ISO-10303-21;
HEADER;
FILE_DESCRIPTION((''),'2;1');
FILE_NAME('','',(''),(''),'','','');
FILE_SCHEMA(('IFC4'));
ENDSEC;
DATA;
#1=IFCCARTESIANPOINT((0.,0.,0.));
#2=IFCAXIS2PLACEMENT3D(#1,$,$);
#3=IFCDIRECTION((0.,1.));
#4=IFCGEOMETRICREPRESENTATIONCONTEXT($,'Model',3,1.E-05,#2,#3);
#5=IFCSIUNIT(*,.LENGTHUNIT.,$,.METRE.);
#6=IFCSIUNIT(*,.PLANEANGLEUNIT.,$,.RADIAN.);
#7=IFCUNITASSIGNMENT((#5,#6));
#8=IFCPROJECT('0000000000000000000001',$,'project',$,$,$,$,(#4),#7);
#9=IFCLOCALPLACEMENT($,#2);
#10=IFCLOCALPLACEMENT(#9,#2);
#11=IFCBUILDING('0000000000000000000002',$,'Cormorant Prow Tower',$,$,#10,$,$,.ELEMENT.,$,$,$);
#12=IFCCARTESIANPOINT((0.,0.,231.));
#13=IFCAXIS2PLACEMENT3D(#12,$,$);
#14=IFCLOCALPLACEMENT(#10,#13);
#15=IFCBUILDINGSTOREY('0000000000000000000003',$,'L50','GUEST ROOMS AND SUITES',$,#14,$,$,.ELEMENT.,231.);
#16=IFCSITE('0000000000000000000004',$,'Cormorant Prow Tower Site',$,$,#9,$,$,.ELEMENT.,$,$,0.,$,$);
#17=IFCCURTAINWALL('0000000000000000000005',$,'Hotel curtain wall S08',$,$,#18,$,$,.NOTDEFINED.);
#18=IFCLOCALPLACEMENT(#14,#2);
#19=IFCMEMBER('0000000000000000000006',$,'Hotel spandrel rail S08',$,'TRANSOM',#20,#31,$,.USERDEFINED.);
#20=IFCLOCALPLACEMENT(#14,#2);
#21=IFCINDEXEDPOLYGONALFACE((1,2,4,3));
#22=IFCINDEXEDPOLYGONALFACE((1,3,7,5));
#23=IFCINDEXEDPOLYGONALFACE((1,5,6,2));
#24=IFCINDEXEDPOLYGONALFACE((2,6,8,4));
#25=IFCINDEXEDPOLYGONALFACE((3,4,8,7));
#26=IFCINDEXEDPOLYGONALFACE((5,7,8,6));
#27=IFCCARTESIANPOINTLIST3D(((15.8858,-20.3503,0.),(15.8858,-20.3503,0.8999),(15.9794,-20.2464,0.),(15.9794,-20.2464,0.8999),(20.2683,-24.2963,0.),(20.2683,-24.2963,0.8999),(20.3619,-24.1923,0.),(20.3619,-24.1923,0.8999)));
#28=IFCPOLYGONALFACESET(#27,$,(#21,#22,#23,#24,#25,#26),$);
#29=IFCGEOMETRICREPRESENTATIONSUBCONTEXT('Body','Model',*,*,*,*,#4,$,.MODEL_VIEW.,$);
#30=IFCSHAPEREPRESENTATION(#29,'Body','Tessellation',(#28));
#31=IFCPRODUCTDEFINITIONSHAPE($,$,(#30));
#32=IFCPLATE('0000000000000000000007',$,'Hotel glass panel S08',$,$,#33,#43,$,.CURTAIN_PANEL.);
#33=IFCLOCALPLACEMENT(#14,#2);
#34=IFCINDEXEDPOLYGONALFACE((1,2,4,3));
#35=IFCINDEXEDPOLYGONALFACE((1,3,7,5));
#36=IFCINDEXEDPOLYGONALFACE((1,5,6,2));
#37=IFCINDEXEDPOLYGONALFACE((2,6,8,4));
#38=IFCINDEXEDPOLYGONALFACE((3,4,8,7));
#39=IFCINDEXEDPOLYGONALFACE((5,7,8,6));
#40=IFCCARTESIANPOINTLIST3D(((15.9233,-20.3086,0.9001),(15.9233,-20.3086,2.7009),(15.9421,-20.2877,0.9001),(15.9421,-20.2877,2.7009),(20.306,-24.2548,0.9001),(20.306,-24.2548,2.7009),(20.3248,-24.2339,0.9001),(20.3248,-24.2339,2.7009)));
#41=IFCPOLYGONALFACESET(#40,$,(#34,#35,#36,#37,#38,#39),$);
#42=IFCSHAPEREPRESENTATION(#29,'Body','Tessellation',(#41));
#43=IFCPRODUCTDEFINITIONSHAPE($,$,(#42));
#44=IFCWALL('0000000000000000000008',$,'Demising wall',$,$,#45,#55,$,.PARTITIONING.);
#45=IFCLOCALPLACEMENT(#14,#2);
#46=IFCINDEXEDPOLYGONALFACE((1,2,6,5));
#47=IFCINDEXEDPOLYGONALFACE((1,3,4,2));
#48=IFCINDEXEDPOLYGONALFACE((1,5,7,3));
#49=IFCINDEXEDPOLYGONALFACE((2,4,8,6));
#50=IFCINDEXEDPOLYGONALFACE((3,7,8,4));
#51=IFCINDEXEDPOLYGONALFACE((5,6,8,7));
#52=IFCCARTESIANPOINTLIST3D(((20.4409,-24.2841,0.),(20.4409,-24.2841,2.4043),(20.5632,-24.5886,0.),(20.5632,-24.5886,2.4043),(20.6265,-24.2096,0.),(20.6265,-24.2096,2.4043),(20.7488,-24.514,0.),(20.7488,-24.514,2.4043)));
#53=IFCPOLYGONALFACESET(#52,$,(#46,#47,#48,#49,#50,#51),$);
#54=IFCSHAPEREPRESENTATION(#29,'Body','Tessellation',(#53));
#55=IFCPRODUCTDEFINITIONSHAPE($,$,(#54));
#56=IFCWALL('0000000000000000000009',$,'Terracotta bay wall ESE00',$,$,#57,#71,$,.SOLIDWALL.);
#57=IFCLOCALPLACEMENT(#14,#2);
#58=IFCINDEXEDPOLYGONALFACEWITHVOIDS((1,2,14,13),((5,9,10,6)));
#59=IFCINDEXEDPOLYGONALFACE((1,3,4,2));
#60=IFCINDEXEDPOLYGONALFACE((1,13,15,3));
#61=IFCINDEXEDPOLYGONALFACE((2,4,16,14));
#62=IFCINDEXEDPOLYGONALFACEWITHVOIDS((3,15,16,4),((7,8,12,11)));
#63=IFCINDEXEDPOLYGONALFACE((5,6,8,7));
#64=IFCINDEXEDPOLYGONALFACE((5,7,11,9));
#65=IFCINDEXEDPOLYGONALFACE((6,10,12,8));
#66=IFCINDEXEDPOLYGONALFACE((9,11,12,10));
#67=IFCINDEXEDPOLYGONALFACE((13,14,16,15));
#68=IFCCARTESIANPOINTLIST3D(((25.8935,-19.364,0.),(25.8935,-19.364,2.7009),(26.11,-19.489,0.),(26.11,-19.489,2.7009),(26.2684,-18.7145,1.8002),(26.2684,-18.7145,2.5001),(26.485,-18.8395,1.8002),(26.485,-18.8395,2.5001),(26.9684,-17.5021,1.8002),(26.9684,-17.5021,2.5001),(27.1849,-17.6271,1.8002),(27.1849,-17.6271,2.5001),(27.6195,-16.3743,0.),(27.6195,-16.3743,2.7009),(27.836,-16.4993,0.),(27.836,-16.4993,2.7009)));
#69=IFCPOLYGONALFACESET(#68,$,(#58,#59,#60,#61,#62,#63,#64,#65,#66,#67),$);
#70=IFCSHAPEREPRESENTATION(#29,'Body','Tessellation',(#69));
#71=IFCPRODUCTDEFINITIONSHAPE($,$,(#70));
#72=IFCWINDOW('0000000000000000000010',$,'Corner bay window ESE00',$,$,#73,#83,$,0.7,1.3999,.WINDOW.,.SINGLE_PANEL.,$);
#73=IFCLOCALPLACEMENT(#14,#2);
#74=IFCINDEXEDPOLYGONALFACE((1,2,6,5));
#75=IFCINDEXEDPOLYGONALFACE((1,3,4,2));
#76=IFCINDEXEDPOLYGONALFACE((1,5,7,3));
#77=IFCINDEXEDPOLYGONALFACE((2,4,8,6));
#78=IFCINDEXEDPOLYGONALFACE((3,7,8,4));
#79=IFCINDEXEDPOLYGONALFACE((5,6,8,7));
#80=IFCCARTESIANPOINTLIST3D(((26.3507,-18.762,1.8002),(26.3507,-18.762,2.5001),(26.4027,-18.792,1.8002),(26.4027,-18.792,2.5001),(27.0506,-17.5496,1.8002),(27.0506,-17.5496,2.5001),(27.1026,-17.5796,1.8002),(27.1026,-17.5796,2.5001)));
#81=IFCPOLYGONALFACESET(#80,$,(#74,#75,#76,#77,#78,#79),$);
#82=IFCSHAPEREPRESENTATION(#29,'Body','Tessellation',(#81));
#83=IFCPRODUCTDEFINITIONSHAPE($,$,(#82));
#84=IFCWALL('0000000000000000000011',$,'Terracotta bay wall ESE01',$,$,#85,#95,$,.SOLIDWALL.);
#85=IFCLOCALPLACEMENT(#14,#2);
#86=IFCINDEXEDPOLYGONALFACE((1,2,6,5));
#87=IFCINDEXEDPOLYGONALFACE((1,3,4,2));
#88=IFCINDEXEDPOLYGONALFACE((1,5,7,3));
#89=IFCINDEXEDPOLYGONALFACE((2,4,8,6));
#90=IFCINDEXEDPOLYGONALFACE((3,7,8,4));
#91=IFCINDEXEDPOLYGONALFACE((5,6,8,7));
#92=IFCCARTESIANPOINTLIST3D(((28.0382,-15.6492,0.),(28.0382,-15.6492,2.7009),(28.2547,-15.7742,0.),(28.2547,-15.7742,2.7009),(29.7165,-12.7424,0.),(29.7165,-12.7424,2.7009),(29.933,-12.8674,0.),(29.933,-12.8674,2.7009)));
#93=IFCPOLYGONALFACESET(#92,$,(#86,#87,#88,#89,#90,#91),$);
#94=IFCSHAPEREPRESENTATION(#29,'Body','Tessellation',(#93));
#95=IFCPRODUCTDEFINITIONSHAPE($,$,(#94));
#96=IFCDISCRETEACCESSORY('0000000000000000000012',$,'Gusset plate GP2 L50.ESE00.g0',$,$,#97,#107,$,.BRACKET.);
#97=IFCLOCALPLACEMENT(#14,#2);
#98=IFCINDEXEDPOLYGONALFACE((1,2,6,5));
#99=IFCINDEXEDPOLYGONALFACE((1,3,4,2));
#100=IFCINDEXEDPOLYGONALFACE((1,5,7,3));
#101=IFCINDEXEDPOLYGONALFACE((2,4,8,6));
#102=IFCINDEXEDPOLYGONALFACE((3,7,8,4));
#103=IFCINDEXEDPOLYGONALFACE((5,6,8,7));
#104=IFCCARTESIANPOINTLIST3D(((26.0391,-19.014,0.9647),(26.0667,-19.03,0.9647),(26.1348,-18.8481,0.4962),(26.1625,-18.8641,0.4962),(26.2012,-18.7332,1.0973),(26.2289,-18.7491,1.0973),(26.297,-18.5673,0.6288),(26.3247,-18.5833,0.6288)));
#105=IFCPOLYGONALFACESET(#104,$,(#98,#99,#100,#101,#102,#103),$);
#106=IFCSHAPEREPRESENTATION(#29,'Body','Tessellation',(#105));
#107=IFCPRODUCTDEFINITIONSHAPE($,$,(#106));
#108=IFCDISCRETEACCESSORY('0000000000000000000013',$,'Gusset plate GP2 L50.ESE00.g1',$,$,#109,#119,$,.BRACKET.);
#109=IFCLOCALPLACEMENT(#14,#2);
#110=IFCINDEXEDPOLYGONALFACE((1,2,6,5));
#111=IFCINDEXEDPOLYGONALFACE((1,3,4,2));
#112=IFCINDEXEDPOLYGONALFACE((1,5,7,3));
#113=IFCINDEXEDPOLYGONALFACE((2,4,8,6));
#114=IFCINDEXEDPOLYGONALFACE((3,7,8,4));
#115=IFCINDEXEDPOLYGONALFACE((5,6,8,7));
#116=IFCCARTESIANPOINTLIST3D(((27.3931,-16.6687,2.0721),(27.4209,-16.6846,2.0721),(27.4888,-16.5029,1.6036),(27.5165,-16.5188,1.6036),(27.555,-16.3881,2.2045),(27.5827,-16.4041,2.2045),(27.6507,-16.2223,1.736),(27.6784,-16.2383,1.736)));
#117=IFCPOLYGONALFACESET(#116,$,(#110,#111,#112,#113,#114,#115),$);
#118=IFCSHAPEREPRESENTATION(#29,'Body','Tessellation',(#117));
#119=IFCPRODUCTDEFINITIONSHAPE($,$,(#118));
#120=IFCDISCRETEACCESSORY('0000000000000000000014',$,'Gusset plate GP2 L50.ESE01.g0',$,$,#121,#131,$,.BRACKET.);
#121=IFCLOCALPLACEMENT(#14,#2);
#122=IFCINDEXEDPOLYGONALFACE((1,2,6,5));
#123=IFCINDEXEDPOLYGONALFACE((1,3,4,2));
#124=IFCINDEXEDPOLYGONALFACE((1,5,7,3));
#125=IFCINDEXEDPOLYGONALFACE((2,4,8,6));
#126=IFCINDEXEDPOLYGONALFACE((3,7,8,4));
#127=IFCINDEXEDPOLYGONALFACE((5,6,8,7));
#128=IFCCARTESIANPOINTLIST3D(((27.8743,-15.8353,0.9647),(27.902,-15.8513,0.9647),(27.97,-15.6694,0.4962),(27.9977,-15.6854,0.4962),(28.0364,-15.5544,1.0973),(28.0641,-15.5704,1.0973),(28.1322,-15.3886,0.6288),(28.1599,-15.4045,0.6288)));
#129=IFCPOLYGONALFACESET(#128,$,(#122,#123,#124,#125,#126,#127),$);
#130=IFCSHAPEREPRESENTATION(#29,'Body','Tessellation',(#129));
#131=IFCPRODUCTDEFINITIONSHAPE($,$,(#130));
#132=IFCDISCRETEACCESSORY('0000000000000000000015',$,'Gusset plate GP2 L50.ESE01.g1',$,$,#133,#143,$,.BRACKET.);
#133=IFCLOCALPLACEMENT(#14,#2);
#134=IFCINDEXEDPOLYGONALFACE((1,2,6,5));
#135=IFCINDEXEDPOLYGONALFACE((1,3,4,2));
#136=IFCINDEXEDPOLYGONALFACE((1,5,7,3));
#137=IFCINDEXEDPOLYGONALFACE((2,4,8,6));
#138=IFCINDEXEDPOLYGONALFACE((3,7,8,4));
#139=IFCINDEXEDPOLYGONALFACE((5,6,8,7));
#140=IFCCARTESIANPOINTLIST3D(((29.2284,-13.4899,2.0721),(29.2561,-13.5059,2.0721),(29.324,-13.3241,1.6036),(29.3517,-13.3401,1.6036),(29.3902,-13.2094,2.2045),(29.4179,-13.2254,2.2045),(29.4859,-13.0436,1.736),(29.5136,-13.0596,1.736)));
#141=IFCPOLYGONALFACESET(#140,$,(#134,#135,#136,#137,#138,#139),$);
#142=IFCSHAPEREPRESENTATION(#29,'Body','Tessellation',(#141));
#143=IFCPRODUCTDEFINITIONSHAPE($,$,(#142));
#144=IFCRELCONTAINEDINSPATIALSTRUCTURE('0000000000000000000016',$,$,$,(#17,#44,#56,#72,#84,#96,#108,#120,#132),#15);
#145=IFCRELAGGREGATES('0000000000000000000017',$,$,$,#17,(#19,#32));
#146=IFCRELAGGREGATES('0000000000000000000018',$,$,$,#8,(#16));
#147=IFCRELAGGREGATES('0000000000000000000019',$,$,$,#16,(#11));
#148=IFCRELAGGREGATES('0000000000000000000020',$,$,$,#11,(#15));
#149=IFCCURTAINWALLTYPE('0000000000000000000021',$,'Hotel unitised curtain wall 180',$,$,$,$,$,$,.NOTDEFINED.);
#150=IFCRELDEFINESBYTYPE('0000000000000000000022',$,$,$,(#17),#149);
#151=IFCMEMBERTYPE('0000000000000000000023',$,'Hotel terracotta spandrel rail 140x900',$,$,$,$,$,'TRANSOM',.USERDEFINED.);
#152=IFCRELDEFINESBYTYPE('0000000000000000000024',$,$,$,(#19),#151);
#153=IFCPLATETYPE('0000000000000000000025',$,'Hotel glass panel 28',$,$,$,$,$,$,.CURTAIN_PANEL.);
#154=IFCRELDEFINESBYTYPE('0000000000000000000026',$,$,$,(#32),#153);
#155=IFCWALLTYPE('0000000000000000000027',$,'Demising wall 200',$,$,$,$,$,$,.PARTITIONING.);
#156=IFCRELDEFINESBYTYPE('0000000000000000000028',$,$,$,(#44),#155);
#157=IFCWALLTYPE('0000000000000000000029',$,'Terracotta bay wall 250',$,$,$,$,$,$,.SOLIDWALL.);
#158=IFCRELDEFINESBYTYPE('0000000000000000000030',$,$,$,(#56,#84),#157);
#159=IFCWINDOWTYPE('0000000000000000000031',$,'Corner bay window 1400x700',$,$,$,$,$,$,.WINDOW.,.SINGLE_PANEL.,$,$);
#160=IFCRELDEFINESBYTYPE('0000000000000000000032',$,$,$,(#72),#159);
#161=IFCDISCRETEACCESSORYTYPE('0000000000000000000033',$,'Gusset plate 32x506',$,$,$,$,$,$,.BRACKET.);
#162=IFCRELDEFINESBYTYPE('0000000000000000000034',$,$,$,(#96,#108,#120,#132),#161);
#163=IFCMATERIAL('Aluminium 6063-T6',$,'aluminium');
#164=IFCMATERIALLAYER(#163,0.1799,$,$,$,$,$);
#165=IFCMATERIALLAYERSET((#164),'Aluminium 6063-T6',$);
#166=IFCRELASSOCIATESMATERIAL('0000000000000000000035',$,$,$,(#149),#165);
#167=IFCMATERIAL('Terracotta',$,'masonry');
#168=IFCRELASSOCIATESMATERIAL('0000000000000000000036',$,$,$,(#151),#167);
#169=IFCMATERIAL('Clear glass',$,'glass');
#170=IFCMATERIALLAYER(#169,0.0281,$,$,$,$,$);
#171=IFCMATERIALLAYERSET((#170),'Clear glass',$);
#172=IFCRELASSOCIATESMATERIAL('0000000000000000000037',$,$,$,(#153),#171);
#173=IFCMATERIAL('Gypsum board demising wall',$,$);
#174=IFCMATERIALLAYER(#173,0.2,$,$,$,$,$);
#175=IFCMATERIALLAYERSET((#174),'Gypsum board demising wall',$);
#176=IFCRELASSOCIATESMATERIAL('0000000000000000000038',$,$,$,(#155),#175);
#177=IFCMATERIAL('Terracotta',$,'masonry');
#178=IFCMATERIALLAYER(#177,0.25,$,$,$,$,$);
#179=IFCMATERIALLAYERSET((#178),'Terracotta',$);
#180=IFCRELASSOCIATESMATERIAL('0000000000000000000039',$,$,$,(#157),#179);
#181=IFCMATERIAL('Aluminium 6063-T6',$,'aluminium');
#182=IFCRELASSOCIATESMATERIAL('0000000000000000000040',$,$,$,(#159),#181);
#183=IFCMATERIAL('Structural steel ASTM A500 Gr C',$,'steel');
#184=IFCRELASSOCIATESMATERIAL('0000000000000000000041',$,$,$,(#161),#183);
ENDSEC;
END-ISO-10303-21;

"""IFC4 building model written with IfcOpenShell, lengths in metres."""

from ifc_helpers import new_model, si_unit, direction, frame, frame_2d, origin, origin_2d, place, context, subcontext, project, spatial, rectangle, extrude, material, layer, layer_set, material_profile, profile_set, type_object, element, fill, aggregate, save


model = new_model("IFC4")

# Units and contexts
model_context = context("Model", 3, precision=1e-05, world=origin(), true_north=direction((0.0, 1.0)))
body_context = subcontext(model_context, "Body", "Model", "MODEL_VIEW")
ifc_project = project(units=[si_unit("LENGTHUNIT", "METRE"), si_unit("PLANEANGLEUNIT", "RADIAN")], contexts=[model_context])

# Site, building, storey
site_placement = place(None, origin())
site = spatial("IfcSite", under=ifc_project, at=site_placement, Name="Cormorant Prow Tower Site", CompositionType="ELEMENT", RefElevation=0.0)
building_placement = place(site_placement, origin())
building = spatial("IfcBuilding", under=site, at=building_placement, Name="Cormorant Prow Tower", CompositionType="ELEMENT")
storey_placement = place(building_placement, frame((0.0, 0.0, 231.0)))
storey = spatial("IfcBuildingStorey", under=building, at=storey_placement, Name="L50", Description="GUEST ROOMS AND SUITES", CompositionType="ELEMENT", Elevation=231.0)

# Curtain wall, member, plate
ifc_material_1 = material(Name="Aluminium 6063-T6", Category="aluminium")
ifc_layer_1 = layer(ifc_material_1, 0.1799)
ifc_layer_set_1 = layer_set([ifc_layer_1], Name="Aluminium 6063-T6")
curtain_wall_type = type_object("IfcCurtainWallType", Name="Hotel unitised curtain wall 180", PredefinedType="NOTDEFINED", material=ifc_layer_set_1)
curtain_wall_placement = place(storey_placement, origin())
curtain_wall = element("IfcCurtainWall", 1, at=curtain_wall_placement, inside=storey, type_object=curtain_wall_type, Name="Hotel curtain wall S08", PredefinedType="NOTDEFINED")
ifc_material_2 = material(Name="Terracotta", Category="masonry")
ifc_material_profile_1 = material_profile(ifc_material_2, rectangle(XDim=0.1399, YDim=0.8999, at=origin_2d()), Name="Hotel terracotta spandrel rail 140x900")
ifc_profile_set_1 = profile_set([ifc_material_profile_1], Name="Terracotta")
member_type_1 = type_object("IfcMemberType", Name="Hotel terracotta spandrel rail 140x900", ElementType="TRANSOM", PredefinedType="USERDEFINED", material=ifc_profile_set_1)
member_1_placement = place(storey_placement, frame((15.9326, -20.2983, 0.45), z_axis=(0.743148, -0.669127, 0.0), x_axis=(0.669127, 0.743148, 0.0)))
member_1 = element("IfcMember", 2, at=member_1_placement, type_object=member_type_1, Name="Hotel spandrel rail S08", ObjectType="TRANSOM", PredefinedType="USERDEFINED", context=body_context, shape_type="SweptSolid", body=[
    extrude(rectangle(XDim=0.1399, YDim=0.8999, at=origin_2d()), origin(), (0.0, 0.0, 1.0), 5.8972),
])
ifc_material_3 = material(Name="Clear glass", Category="glass")
ifc_layer_2 = layer(ifc_material_3, 0.0281)
ifc_layer_set_2 = layer_set([ifc_layer_2], Name="Clear glass")
plate_type = type_object("IfcPlateType", Name="Hotel glass panel 28", PredefinedType="CURTAIN_PANEL", material=ifc_layer_set_2)
plate_placement = place(storey_placement, frame((18.124, -22.2712, 0.9001), z_axis=(0.0, 0.0, 1.0), x_axis=(0.743145, -0.669131, 0.0)))
plate = element("IfcPlate", 3, at=plate_placement, type_object=plate_type, Name="Hotel glass panel S08", PredefinedType="CURTAIN_PANEL", context=body_context, shape_type="SweptSolid", body=[
    extrude(rectangle(XDim=5.8975, YDim=0.0281, at=origin_2d()), origin(), (0.0, 0.0, 1.0), 1.8008),
])
aggregate(curtain_wall, [member_1, plate])

# Wall
ifc_material_4 = material(Name="Gypsum board demising wall")
ifc_layer_3 = layer(ifc_material_4, 0.2)
ifc_layer_set_3 = layer_set([ifc_layer_3], Name="Gypsum board demising wall")
wall_type_1 = type_object("IfcWallType", Name="Demising wall 200", PredefinedType="PARTITIONING", material=ifc_layer_set_3)
wall_1_placement = place(storey_placement, frame((20.5337, -24.2468, 0.0), z_axis=(0.0, 0.0, 1.0), x_axis=(0.372801, -0.927911, 0.0)))
element("IfcWall", 4, at=wall_1_placement, inside=storey, type_object=wall_type_1, Name="Demising wall", PredefinedType="PARTITIONING", context=body_context, shape_type="SweptSolid", body=[
    extrude(rectangle(XDim=0.3281, YDim=0.2, at=frame_2d((0.1641, 0.0))), origin(), (0.0, 0.0, 1.0), 2.4043),
])

# Wall, opening, window
ifc_material_5 = material(Name="Terracotta", Category="masonry")
ifc_layer_4 = layer(ifc_material_5, 0.25)
ifc_layer_set_4 = layer_set([ifc_layer_4], Name="Terracotta")
wall_type_2 = type_object("IfcWallType", Name="Terracotta bay wall 250", PredefinedType="SOLIDWALL", material=ifc_layer_set_4)
wall_2_placement = place(storey_placement, frame((26.0017, -19.4265, 0.0), z_axis=(0.0, 0.0, 1.0), x_axis=(0.499988, 0.866032, 0.0)))
wall_2 = element("IfcWall", 5, at=wall_2_placement, inside=storey, type_object=wall_type_2, Name="Terracotta bay wall ESE00", PredefinedType="SOLIDWALL", context=body_context, shape_type="SweptSolid", body=[
    extrude(rectangle(XDim=3.4521, YDim=0.25, at=frame_2d((1.7261, 0.0))), origin(), (0.0, 0.0, 1.0), 2.7009),
])
opening_1_placement = place(wall_2_placement, frame((0.75, 0.0, 1.8)))
opening_1 = element("IfcOpeningElement", 6, at=opening_1_placement, cuts=wall_2, PredefinedType="OPENING", context=body_context, shape_type="SweptSolid", body=[
    extrude(rectangle(XDim=1.3999, YDim=0.7, at=frame_2d((0.7, 0.3501))), frame((0.0, 0.135, 0.0), z_axis=(0.0, -1.0, 0.0), x_axis=(1.0, 0.0, 0.0)), (0.0, 0.0, 1.0), 0.27),
])
ifc_material_6 = material(Name="Aluminium 6063-T6", Category="aluminium")
window_type = type_object("IfcWindowType", Name="Corner bay window 1400x700", PartitioningType="SINGLE_PANEL", PredefinedType="WINDOW", material=ifc_material_6)
window_placement = place(opening_1_placement, origin())
window = element("IfcWindow", 7, at=window_placement, inside=storey, type_object=window_type, Name="Corner bay window ESE00", OverallHeight=0.7, OverallWidth=1.3999, PartitioningType="SINGLE_PANEL", PredefinedType="WINDOW", context=body_context, shape_type="SweptSolid", body=[
    extrude(rectangle(XDim=1.3999, YDim=0.7, at=frame_2d((0.7, 0.3501))), frame((0.0, 0.03, 0.0), z_axis=(0.0, -1.0, 0.0), x_axis=(1.0, 0.0, 0.0)), (0.0, 0.0, 1.0), 0.0601),
])
fill(opening_1, window)

# Wall
wall_3_placement = place(storey_placement, frame((28.1465, -15.7117, 0.0), z_axis=(0.0, 0.0, 1.0), x_axis=(0.500004, 0.866023, 0.0)))
element("IfcWall", 8, at=wall_3_placement, inside=storey, type_object=wall_type_2, Name="Terracotta bay wall ESE01", PredefinedType="SOLIDWALL", context=body_context, shape_type="SweptSolid", body=[
    extrude(rectangle(XDim=3.3564, YDim=0.25, at=frame_2d((1.6782, 0.0))), origin(), (0.0, 0.0, 1.0), 2.7009),
])

# Discrete accessories
ifc_material_7 = material(Name="Structural steel ASTM A500 Gr C", Category="steel")
ifc_material_profile_2 = material_profile(ifc_material_7, rectangle(XDim=0.032, YDim=0.5061, at=origin_2d()), Name="Gusset plate 32x506")
ifc_profile_set_2 = profile_set([ifc_material_profile_2], Name="Structural steel ASTM A500 Gr C")
discrete_accessory_type = type_object("IfcDiscreteAccessoryType", Name="Gusset plate 32x506", PredefinedType="BRACKET", material=ifc_profile_set_2)
discrete_accessory_1_placement = place(storey_placement, frame((26.2629, -18.6582, 0.863), z_axis=(-0.462828, -0.801584, -0.378487), x_axis=(0.86601, -0.500027, 0.0)))
element("IfcDiscreteAccessory", 9, at=discrete_accessory_1_placement, inside=storey, type_object=discrete_accessory_type, Name="Gusset plate GP2 L50.ESE00.g0", PredefinedType="BRACKET", context=body_context, shape_type="SweptSolid", body=[
    extrude(rectangle(XDim=0.032, YDim=0.5061, at=origin_2d()), origin(), (0.0, 0.0, 1.0), 0.3503),
])
discrete_accessory_2_placement = place(storey_placement, frame((27.4548, -16.5938, 1.8379), z_axis=(0.462661, 0.801806, 0.378223), x_axis=(-0.866148, 0.499788, 0.0)))
element("IfcDiscreteAccessory", 10, at=discrete_accessory_2_placement, inside=storey, type_object=discrete_accessory_type, Name="Gusset plate GP2 L50.ESE00.g1", PredefinedType="BRACKET", context=body_context, shape_type="SweptSolid", body=[
    extrude(rectangle(XDim=0.032, YDim=0.5061, at=origin_2d()), origin(), (0.0, 0.0, 1.0), 0.3499),
])
discrete_accessory_3_placement = place(storey_placement, frame((28.0981, -15.4795, 0.863), z_axis=(-0.462828, -0.801584, -0.378487), x_axis=(0.86601, -0.500027, 0.0)))
element("IfcDiscreteAccessory", 11, at=discrete_accessory_3_placement, inside=storey, type_object=discrete_accessory_type, Name="Gusset plate GP2 L50.ESE01.g0", PredefinedType="BRACKET", context=body_context, shape_type="SweptSolid", body=[
    extrude(rectangle(XDim=0.032, YDim=0.5061, at=origin_2d()), origin(), (0.0, 0.0, 1.0), 0.3503),
])
discrete_accessory_4_placement = place(storey_placement, frame((29.29, -13.415, 1.8379), z_axis=(0.462661, 0.801806, 0.378223), x_axis=(-0.866148, 0.499788, 0.0)))
element("IfcDiscreteAccessory", 12, at=discrete_accessory_4_placement, inside=storey, type_object=discrete_accessory_type, Name="Gusset plate GP2 L50.ESE01.g1", PredefinedType="BRACKET", context=body_context, shape_type="SweptSolid", body=[
    extrude(rectangle(XDim=0.032, YDim=0.5061, at=origin_2d()), origin(), (0.0, 0.0, 1.0), 0.3499),
])

save(model, "model.ifc")
